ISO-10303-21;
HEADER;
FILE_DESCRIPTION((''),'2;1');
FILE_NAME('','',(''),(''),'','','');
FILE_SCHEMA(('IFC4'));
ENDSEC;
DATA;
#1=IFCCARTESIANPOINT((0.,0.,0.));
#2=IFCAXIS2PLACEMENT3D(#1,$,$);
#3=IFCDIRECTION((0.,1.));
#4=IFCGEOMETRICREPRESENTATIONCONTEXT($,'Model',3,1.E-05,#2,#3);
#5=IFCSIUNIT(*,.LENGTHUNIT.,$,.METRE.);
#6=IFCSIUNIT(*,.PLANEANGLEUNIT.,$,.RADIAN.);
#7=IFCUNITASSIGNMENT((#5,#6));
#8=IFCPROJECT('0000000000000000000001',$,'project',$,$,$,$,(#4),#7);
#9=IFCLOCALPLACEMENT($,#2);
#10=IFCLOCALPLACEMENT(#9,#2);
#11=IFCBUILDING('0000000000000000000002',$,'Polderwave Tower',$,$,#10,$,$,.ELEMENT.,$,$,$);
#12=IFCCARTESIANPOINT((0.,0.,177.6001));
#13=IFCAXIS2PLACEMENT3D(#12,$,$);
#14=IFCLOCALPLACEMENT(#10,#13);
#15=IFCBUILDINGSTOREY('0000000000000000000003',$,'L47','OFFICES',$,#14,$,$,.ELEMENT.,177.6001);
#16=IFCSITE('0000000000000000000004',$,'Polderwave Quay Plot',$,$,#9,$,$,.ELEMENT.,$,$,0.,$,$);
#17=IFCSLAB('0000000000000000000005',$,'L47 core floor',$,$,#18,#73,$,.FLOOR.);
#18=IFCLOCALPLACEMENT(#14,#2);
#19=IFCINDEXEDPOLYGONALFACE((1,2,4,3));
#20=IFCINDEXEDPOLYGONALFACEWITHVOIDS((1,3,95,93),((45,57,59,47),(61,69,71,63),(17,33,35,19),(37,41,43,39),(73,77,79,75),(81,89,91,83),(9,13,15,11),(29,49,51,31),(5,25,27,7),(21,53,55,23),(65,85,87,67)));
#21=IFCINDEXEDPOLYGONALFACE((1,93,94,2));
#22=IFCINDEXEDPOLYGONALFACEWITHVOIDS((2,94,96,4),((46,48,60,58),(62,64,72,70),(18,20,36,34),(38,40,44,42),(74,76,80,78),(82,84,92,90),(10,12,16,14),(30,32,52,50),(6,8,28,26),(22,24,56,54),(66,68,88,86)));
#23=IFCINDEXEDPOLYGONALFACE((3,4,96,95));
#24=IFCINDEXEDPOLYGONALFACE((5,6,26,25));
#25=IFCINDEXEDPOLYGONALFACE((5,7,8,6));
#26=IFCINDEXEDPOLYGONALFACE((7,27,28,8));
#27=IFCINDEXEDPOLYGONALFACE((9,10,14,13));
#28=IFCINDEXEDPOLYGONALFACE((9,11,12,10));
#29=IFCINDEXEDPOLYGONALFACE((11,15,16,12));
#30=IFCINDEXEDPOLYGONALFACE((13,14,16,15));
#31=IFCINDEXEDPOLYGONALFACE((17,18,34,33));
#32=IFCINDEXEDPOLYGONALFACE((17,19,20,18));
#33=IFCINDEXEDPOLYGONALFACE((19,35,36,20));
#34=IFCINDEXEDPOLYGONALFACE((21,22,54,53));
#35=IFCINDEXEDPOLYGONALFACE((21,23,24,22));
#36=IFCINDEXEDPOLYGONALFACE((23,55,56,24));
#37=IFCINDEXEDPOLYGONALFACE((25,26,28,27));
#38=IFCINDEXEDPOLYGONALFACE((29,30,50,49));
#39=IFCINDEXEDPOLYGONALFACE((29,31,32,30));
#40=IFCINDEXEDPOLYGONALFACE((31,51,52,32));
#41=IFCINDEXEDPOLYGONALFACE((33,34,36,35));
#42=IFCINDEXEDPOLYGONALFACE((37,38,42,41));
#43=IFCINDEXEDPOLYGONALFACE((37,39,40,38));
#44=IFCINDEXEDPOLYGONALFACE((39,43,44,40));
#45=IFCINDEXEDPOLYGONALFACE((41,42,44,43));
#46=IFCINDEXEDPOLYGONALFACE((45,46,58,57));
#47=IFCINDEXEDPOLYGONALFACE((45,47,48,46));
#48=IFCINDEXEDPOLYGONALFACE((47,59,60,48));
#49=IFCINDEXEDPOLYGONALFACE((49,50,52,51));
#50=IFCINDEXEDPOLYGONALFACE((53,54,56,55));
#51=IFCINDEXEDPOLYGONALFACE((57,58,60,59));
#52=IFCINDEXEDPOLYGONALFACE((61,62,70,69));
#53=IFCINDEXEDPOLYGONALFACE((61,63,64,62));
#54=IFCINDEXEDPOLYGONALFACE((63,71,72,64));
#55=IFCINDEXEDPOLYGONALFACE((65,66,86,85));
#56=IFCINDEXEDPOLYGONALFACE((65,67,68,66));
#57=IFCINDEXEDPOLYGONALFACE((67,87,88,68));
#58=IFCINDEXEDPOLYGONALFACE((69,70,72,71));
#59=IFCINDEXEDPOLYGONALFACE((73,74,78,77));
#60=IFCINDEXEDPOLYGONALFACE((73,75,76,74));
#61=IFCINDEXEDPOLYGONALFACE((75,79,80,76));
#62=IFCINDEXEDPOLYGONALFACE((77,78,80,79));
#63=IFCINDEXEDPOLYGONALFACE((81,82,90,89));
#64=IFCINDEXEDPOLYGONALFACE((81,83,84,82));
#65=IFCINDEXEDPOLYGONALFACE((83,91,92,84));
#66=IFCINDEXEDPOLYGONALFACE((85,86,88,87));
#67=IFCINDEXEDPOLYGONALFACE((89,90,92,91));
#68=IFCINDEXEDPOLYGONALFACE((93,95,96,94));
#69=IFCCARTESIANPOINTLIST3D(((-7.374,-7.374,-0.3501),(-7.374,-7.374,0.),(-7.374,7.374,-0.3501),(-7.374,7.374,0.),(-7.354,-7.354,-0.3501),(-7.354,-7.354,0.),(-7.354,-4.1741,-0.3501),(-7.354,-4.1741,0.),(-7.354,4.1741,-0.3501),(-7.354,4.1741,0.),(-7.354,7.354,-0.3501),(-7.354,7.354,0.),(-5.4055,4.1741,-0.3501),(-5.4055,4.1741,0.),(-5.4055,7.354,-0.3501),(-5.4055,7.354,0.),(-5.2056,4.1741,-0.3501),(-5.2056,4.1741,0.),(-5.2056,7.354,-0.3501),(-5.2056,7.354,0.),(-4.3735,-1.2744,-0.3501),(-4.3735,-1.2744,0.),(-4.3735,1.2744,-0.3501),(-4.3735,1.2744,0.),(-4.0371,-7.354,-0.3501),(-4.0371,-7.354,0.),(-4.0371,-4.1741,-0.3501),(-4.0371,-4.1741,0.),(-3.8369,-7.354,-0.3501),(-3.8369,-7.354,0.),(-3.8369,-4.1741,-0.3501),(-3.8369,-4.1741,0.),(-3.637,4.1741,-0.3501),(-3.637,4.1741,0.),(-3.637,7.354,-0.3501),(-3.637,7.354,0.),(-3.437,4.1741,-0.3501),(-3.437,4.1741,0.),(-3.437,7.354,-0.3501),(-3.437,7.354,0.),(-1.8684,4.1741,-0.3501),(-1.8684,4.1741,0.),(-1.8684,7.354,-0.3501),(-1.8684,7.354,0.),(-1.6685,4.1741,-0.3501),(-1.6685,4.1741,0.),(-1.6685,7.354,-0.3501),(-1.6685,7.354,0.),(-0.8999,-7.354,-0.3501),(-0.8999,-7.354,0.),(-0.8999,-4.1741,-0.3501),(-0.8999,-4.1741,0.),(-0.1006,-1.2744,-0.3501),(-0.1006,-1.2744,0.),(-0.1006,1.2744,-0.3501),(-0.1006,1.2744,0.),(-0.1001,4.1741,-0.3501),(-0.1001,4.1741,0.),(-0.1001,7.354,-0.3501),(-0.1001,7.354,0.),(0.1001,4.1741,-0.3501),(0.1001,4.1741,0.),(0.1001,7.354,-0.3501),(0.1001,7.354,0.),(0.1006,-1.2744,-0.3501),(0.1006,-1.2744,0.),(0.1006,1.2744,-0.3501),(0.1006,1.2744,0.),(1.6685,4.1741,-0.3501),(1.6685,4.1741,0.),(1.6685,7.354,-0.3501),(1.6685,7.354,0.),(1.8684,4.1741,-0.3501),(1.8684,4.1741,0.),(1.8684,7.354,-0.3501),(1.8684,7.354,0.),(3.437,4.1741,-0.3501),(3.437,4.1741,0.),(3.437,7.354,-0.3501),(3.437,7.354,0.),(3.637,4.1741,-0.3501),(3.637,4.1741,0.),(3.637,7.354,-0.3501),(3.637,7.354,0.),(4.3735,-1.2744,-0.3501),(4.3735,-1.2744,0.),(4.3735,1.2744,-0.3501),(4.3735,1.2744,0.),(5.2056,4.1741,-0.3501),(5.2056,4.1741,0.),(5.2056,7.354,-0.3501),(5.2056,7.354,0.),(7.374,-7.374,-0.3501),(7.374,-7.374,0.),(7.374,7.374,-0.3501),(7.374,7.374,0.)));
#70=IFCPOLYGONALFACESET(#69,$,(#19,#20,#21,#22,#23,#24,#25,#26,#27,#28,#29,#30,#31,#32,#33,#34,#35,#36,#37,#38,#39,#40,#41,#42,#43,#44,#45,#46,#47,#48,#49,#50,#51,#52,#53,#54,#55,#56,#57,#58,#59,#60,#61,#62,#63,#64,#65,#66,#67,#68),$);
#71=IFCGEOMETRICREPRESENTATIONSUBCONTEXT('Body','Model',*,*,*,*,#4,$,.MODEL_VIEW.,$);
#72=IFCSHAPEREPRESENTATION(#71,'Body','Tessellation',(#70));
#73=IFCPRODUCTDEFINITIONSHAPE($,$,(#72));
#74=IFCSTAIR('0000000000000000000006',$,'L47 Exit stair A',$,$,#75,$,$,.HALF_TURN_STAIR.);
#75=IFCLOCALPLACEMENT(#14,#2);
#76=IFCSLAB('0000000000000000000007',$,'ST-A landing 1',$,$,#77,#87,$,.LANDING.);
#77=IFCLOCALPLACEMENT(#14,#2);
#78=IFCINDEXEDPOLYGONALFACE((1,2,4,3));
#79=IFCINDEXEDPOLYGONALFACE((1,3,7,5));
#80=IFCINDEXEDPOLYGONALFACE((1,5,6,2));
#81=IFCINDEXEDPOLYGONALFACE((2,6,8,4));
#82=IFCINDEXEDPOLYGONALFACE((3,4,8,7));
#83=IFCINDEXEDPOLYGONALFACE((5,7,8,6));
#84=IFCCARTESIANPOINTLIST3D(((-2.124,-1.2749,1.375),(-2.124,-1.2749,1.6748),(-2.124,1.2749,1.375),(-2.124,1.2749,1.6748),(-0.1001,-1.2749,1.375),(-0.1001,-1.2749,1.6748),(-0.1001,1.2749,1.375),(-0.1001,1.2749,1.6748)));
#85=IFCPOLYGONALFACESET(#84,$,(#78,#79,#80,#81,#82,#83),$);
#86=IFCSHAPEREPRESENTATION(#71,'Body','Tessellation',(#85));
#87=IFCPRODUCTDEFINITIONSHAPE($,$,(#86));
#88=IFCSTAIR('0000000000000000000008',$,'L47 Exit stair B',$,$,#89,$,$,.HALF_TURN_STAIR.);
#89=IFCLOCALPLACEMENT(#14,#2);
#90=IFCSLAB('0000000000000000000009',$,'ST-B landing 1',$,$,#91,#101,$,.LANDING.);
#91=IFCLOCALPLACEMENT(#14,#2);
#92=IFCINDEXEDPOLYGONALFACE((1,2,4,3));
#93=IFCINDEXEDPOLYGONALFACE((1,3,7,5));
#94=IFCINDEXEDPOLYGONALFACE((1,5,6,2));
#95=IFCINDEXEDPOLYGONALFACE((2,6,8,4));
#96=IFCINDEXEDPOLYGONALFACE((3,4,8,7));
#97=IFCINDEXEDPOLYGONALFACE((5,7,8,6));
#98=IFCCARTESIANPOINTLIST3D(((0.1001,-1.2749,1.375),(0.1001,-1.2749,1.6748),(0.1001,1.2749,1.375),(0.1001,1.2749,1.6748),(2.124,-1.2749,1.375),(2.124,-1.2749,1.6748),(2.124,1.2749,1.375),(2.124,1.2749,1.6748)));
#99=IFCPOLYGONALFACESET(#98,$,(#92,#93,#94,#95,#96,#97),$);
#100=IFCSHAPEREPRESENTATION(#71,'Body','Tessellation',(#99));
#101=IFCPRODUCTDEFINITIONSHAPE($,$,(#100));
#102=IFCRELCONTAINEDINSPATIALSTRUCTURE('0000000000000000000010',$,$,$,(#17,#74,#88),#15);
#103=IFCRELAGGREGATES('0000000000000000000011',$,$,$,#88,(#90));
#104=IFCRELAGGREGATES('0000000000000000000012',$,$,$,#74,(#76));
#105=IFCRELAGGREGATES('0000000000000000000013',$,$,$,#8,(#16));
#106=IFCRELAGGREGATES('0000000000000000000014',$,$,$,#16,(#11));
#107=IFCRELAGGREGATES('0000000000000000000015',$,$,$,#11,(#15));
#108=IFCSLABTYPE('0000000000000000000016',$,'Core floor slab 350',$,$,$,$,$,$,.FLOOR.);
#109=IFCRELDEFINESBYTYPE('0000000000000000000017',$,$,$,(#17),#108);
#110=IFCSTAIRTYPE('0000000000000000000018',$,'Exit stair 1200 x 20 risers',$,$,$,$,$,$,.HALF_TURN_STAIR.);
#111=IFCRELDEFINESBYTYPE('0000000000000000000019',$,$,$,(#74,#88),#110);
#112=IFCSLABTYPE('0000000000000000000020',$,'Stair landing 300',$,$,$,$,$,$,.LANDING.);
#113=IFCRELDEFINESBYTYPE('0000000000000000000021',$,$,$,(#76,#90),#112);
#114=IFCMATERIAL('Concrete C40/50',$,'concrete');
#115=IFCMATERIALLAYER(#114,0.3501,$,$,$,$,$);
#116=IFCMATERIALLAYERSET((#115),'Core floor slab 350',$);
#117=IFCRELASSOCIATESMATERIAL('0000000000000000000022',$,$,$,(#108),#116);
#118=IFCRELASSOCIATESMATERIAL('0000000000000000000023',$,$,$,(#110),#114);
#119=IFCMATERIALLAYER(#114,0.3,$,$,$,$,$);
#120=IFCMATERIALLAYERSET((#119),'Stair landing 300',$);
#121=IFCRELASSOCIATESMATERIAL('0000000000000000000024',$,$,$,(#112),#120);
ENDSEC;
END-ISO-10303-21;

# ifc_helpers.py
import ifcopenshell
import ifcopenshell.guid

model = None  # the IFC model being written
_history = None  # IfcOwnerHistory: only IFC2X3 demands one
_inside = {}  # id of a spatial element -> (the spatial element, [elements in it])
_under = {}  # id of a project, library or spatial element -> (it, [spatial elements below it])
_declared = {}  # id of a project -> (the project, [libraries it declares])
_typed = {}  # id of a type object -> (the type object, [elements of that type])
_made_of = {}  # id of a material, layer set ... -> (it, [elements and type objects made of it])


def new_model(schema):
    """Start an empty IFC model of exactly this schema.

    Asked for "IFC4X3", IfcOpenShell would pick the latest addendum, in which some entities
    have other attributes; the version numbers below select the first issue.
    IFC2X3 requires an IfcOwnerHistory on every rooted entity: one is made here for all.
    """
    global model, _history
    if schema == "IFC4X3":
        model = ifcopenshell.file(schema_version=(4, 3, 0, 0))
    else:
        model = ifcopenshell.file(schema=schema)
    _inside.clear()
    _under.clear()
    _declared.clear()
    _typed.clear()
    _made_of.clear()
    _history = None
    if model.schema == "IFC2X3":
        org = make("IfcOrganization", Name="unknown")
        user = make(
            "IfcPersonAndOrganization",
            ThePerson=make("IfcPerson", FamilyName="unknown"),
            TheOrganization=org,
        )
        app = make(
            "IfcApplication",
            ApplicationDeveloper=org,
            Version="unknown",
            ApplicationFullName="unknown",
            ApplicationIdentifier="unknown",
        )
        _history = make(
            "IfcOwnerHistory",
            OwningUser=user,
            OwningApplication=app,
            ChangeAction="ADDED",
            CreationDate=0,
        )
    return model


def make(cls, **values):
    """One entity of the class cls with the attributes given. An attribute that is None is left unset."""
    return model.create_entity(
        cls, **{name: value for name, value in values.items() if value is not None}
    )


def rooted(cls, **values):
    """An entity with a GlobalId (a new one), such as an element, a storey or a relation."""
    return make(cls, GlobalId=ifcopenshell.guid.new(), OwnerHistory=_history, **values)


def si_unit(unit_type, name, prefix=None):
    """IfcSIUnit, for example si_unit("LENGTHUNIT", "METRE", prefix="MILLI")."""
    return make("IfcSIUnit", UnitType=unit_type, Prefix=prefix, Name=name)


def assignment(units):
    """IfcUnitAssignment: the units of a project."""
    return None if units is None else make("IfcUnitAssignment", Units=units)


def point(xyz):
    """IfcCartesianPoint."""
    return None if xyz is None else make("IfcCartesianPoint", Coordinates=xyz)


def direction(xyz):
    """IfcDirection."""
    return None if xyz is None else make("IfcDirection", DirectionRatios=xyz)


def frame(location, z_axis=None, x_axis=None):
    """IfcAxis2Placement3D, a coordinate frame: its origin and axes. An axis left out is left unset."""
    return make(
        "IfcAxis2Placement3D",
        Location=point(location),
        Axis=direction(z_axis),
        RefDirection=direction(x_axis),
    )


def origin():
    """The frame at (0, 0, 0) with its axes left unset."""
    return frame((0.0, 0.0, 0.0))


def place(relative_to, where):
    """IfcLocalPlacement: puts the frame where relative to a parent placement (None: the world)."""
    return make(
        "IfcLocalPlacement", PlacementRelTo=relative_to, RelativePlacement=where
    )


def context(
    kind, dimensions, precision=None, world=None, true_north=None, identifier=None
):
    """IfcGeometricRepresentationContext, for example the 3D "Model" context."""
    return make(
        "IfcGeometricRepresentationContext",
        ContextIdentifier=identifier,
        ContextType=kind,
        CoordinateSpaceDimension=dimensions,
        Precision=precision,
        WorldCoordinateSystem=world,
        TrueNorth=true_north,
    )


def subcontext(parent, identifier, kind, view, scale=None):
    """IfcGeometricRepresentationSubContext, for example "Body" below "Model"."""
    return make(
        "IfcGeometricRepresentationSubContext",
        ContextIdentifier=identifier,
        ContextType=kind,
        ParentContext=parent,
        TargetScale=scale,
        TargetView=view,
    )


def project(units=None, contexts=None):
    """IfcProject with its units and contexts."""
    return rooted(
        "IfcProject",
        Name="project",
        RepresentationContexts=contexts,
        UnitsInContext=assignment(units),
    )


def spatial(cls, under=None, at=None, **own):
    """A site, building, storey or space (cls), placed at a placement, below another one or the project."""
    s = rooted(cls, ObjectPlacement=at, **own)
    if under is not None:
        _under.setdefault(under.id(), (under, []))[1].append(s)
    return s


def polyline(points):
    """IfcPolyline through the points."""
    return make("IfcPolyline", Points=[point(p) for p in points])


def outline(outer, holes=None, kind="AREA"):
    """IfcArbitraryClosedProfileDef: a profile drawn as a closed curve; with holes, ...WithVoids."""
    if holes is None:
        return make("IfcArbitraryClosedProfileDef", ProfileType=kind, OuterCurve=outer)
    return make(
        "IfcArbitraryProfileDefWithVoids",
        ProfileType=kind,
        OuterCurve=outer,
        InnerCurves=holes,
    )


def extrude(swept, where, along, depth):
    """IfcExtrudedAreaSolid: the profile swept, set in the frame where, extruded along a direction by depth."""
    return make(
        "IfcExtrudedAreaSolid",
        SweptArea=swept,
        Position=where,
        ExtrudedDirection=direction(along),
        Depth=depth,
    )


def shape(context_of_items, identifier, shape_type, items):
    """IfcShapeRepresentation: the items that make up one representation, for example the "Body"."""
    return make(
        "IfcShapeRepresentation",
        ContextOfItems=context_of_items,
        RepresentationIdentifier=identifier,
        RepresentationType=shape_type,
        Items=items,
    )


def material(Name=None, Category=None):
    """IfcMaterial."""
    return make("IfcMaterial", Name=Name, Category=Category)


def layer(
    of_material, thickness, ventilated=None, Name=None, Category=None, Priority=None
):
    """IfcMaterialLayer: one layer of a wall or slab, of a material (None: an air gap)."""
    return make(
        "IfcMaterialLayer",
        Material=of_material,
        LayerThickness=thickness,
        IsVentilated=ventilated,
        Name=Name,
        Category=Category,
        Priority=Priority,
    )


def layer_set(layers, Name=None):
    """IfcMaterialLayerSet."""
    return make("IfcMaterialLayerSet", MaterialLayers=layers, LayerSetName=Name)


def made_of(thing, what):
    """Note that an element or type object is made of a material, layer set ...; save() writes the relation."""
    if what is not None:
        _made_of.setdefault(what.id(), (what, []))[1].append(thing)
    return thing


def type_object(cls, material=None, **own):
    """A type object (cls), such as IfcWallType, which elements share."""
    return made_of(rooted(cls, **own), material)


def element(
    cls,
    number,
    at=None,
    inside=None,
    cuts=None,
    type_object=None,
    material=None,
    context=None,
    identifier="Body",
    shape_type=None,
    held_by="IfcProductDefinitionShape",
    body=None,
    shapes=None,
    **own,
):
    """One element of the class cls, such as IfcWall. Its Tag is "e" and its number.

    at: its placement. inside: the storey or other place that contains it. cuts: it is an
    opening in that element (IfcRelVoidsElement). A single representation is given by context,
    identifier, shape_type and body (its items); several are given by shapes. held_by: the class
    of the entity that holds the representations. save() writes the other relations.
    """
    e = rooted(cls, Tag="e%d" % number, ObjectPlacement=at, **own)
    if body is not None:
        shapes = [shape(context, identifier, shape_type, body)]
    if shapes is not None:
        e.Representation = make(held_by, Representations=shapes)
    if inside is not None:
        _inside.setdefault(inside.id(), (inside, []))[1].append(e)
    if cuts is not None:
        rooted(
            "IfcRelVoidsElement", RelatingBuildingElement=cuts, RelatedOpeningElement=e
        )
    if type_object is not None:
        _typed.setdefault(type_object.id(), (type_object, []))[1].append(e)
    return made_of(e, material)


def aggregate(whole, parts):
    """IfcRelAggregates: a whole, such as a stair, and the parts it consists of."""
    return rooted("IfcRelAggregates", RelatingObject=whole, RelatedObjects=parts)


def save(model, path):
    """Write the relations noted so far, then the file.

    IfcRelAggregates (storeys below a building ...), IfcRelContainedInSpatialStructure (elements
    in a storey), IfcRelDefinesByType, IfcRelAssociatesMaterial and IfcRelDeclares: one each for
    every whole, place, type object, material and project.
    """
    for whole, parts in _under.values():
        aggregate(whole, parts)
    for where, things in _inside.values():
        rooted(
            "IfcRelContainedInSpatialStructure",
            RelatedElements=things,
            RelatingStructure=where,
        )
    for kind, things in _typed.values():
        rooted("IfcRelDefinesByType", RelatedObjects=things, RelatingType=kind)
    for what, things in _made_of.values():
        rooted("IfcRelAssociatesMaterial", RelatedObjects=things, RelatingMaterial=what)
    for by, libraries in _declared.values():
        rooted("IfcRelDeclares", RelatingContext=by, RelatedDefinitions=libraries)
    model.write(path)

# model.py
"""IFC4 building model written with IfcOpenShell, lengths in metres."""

from ifc_helpers import new_model, si_unit, direction, frame, origin, place, context, subcontext, project, spatial, polyline, outline, extrude, material, layer, layer_set, type_object, element, aggregate, save


model = new_model("IFC4")

# Units and contexts
model_context = context("Model", 3, precision=1e-05, world=origin(), true_north=direction((0.0, 1.0)))
body_context = subcontext(model_context, "Body", "Model", "MODEL_VIEW")
ifc_project = project(units=[si_unit("LENGTHUNIT", "METRE"), si_unit("PLANEANGLEUNIT", "RADIAN")], contexts=[model_context])

# Site, building, storey
site_placement = place(None, origin())
site = spatial("IfcSite", under=ifc_project, at=site_placement, Name="Polderwave Quay Plot", CompositionType="ELEMENT", RefElevation=0.0)
building_placement = place(site_placement, origin())
building = spatial("IfcBuilding", under=site, at=building_placement, Name="Polderwave Tower", CompositionType="ELEMENT")
storey_placement = place(building_placement, frame((0.0, 0.0, 177.6001)))
storey = spatial("IfcBuildingStorey", under=building, at=storey_placement, Name="L47", Description="OFFICES", CompositionType="ELEMENT", Elevation=177.6001)

# Slab
ifc_material_1 = material(Name="Concrete C40/50", Category="concrete")
ifc_layer_1 = layer(ifc_material_1, 0.3501)
ifc_layer_set_1 = layer_set([ifc_layer_1], Name="Core floor slab 350")
slab_type_1 = type_object("IfcSlabType", Name="Core floor slab 350", PredefinedType="FLOOR", material=ifc_layer_set_1)
slab_1_placement = place(storey_placement, frame((0.0, 0.0, -0.3501)))
element("IfcSlab", 1, at=slab_1_placement, inside=storey, type_object=slab_type_1, Name="L47 core floor", PredefinedType="FLOOR", context=body_context, shape_type="SweptSolid", body=[
    extrude(outline(polyline([(-7.374, -7.374), (7.374, -7.374), (7.374, 7.374), (-7.374, 7.374), (-7.374, -7.374)]), holes=[polyline([(-7.354, -7.354), (-4.0371, -7.354), (-4.0371, -4.1741), (-7.354, -4.1741), (-7.354, -7.354)]), polyline([(-3.8369, -7.354), (-0.8999, -7.354), (-0.8999, -4.1741), (-3.8369, -4.1741), (-3.8369, -7.354)]), polyline([(-7.354, 4.1741), (-5.4055, 4.1741), (-5.4055, 7.354), (-7.354, 7.354), (-7.354, 4.1741)]), polyline([(-5.2056, 4.1741), (-3.637, 4.1741), (-3.637, 7.354), (-5.2056, 7.354), (-5.2056, 4.1741)]), polyline([(-3.437, 4.1741), (-1.8684, 4.1741), (-1.8684, 7.354), (-3.437, 7.354), (-3.437, 4.1741)]), polyline([(-1.6685, 4.1741), (-0.1001, 4.1741), (-0.1001, 7.354), (-1.6685, 7.354), (-1.6685, 4.1741)]), polyline([(0.1001, 4.1741), (1.6685, 4.1741), (1.6685, 7.354), (0.1001, 7.354), (0.1001, 4.1741)]), polyline([(1.8684, 4.1741), (3.437, 4.1741), (3.437, 7.354), (1.8684, 7.354), (1.8684, 4.1741)]), polyline([(3.637, 4.1741), (5.2056, 4.1741), (5.2056, 7.354), (3.637, 7.354), (3.637, 4.1741)]), polyline([(-4.3735, -1.2744), (-0.1006, -1.2744), (-0.1006, 1.2744), (-4.3735, 1.2744), (-4.3735, -1.2744)]), polyline([(0.1006, -1.2744), (4.3735, -1.2744), (4.3735, 1.2744), (0.1006, 1.2744), (0.1006, -1.2744)])]), origin(), (0.0, 0.0, 1.0), 0.3501),
])

# Stairs, slabs
stair_type = type_object("IfcStairType", Name="Exit stair 1200 x 20 risers", PredefinedType="HALF_TURN_STAIR", material=ifc_material_1)
stair_1_placement = place(storey_placement, origin())
stair_1 = element("IfcStair", 2, at=stair_1_placement, inside=storey, type_object=stair_type, Name="L47 Exit stair A", PredefinedType="HALF_TURN_STAIR")
ifc_layer_2 = layer(ifc_material_1, 0.3)
ifc_layer_set_2 = layer_set([ifc_layer_2], Name="Stair landing 300")
slab_type_2 = type_object("IfcSlabType", Name="Stair landing 300", PredefinedType="LANDING", material=ifc_layer_set_2)
slab_2_placement = place(storey_placement, frame((0.0, 0.0, 1.375)))
slab_2 = element("IfcSlab", 3, at=slab_2_placement, type_object=slab_type_2, Name="ST-A landing 1", PredefinedType="LANDING", context=body_context, shape_type="SweptSolid", body=[
    extrude(outline(polyline([(-2.124, -1.2749), (-0.1001, -1.2749), (-0.1001, 1.2749), (-2.124, 1.2749), (-2.124, -1.2749)])), origin(), (0.0, 0.0, 1.0), 0.2998),
])
stair_2_placement = place(storey_placement, origin())
stair_2 = element("IfcStair", 4, at=stair_2_placement, inside=storey, type_object=stair_type, Name="L47 Exit stair B", PredefinedType="HALF_TURN_STAIR")
slab_3_placement = place(storey_placement, frame((0.0, 0.0, 1.375)))
slab_3 = element("IfcSlab", 5, at=slab_3_placement, type_object=slab_type_2, Name="ST-B landing 1", PredefinedType="LANDING", context=body_context, shape_type="SweptSolid", body=[
    extrude(outline(polyline([(2.124, 1.2749), (0.1001, 1.2749), (0.1001, -1.2749), (2.124, -1.2749), (2.124, 1.2749)])), origin(), (0.0, 0.0, 1.0), 0.2998),
])
aggregate(stair_2, [slab_3])

aggregate(stair_1, [slab_2])

save(model, "model.ifc")
